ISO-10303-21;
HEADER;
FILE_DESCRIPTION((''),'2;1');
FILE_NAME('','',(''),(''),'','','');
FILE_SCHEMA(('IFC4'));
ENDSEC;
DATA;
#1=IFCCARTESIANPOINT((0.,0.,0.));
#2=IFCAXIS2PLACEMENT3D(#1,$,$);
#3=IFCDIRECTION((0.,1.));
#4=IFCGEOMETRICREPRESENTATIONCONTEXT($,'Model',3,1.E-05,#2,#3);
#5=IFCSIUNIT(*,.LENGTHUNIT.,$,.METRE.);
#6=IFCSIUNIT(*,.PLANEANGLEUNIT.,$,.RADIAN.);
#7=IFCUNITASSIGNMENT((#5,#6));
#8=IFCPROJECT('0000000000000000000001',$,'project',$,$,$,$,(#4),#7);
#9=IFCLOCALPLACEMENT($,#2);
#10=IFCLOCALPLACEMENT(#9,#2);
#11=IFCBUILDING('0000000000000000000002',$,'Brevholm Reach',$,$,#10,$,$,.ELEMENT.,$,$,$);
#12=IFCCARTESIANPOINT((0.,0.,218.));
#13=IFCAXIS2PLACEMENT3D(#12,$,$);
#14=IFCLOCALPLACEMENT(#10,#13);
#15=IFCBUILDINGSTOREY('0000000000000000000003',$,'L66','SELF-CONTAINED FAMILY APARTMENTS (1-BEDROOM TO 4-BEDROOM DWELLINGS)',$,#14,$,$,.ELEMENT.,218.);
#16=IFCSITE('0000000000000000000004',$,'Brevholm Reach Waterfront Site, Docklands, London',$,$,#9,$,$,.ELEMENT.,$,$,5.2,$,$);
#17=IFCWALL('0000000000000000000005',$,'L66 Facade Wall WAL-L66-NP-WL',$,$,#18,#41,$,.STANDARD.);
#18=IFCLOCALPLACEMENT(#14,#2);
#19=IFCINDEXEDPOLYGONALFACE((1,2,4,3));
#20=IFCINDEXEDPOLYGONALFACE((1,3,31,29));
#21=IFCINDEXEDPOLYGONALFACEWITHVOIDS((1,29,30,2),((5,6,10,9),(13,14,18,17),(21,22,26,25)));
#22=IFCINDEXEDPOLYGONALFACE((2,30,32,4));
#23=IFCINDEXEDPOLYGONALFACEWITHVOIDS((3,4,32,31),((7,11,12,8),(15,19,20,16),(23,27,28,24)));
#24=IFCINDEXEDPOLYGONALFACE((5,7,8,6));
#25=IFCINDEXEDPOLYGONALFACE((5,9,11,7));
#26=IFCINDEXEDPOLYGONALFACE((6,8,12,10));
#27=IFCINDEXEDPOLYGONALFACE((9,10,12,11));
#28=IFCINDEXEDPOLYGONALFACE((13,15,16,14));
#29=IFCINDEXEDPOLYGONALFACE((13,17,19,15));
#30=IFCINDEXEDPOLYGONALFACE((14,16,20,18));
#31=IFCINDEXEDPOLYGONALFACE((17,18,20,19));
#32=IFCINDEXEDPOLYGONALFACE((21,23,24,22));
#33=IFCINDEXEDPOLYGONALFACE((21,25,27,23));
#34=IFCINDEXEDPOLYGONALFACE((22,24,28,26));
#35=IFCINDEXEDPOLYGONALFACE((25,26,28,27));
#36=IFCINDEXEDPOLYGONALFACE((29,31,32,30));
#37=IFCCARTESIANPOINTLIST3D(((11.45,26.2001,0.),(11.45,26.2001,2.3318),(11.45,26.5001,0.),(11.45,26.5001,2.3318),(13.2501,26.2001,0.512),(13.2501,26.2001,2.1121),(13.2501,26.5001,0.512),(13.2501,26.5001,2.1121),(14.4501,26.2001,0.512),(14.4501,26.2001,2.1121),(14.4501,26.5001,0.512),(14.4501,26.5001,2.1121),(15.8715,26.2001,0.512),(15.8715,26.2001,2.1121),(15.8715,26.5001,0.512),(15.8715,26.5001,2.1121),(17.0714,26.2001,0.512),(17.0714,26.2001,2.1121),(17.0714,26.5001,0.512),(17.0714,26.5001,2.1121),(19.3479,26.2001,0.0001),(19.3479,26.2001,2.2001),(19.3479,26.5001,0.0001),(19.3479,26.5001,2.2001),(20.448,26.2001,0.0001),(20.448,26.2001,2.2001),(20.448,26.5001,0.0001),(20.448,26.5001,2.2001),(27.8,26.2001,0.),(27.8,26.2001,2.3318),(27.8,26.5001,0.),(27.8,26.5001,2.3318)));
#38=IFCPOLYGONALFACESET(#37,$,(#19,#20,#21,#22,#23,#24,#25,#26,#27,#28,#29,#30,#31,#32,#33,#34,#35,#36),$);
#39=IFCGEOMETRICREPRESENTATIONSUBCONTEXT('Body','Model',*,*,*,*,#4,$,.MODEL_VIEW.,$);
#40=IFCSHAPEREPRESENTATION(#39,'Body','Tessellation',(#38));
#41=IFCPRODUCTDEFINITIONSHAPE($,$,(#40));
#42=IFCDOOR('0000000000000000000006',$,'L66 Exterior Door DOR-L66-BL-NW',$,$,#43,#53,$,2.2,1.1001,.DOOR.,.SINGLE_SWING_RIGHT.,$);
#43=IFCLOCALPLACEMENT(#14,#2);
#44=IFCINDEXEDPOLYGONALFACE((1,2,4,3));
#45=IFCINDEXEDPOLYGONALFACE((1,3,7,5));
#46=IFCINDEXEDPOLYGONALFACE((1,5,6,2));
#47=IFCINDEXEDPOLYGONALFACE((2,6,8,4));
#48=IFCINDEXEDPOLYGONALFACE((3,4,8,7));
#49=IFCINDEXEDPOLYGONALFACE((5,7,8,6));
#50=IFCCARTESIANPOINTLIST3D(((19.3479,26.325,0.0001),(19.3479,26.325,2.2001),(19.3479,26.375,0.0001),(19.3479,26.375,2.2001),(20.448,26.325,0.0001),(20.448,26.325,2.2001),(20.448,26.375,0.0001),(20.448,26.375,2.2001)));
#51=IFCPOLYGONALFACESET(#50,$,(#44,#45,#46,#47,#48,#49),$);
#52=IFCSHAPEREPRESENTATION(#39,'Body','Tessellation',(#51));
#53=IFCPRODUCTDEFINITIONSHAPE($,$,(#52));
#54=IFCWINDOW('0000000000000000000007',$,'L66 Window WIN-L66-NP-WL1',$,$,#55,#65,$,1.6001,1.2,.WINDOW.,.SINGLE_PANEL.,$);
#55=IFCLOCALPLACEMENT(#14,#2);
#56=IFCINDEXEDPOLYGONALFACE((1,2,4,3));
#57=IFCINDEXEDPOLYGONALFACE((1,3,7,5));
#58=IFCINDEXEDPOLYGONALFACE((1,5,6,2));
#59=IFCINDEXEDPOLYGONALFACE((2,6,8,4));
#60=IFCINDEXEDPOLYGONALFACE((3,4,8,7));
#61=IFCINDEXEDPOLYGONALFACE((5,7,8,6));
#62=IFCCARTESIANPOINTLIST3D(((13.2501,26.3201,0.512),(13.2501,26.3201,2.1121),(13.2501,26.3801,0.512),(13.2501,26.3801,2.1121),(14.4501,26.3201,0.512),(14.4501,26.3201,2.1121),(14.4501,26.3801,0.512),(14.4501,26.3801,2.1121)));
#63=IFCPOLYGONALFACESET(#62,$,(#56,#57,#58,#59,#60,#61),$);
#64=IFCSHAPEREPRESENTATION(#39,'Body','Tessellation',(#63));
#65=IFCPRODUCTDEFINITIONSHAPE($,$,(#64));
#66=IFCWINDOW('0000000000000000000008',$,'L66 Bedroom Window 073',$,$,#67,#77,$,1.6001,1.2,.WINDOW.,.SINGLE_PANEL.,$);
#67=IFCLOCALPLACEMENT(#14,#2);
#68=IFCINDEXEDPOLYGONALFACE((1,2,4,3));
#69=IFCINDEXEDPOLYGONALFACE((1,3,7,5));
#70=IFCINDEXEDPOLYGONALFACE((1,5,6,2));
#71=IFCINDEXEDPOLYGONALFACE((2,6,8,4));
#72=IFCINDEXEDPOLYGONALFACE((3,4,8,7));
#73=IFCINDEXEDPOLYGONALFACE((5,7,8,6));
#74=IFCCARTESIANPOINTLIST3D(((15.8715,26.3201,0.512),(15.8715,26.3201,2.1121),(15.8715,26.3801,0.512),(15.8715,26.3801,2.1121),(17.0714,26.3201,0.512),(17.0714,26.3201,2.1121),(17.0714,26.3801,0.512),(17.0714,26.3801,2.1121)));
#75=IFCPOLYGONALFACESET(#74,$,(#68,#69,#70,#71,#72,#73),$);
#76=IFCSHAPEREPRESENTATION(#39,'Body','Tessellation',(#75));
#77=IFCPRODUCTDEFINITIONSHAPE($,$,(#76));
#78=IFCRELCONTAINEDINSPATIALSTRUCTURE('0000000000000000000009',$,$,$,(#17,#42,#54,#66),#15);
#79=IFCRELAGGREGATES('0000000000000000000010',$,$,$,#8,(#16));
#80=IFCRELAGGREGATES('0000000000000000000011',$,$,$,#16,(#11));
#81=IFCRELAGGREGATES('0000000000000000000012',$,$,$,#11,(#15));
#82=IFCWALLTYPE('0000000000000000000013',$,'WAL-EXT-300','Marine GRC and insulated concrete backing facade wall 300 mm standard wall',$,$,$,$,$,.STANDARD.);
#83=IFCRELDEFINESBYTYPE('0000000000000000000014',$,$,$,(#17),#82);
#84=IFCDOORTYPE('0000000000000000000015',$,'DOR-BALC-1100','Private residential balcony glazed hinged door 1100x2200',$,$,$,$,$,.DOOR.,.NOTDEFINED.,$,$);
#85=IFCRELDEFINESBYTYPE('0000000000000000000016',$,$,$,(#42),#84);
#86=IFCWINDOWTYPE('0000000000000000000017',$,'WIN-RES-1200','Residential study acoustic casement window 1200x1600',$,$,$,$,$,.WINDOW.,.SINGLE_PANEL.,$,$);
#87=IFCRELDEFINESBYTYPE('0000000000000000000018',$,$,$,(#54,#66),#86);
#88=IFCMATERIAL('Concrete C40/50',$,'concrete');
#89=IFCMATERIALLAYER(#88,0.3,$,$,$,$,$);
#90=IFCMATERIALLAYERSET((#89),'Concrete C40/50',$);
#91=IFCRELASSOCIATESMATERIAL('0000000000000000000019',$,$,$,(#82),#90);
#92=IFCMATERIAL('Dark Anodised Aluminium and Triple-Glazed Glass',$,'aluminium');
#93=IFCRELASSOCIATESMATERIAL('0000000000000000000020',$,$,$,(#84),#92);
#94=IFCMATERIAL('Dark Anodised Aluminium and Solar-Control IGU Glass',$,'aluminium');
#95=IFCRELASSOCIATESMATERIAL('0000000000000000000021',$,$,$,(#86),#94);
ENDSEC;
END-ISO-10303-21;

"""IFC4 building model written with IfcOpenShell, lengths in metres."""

from ifc_helpers import new_model, si_unit, direction, frame, frame_2d, origin, place, context, subcontext, project, spatial, rectangle, extrude, material, layer, layer_set, type_object, element, fill, save


model = new_model("IFC4")

# Units and contexts
model_context = context("Model", 3, precision=1e-05, world=origin(), true_north=direction((0.0, 1.0)))
body_context = subcontext(model_context, "Body", "Model", "MODEL_VIEW")
ifc_project = project(units=[si_unit("LENGTHUNIT", "METRE"), si_unit("PLANEANGLEUNIT", "RADIAN")], contexts=[model_context])

# Site, building, storey
site_placement = place(None, origin())
site = spatial("IfcSite", under=ifc_project, at=site_placement, Name="Brevholm Reach Waterfront Site, Docklands, London", CompositionType="ELEMENT", RefElevation=5.2)
building_placement = place(site_placement, origin())
building = spatial("IfcBuilding", under=site, at=building_placement, Name="Brevholm Reach", CompositionType="ELEMENT")
storey_placement = place(building_placement, frame((0.0, 0.0, 218.0)))
storey = spatial("IfcBuildingStorey", under=building, at=storey_placement, Name="L66", Description="SELF-CONTAINED FAMILY APARTMENTS (1-BEDROOM TO 4-BEDROOM DWELLINGS)", CompositionType="ELEMENT", Elevation=218.0)

# Wall, openings, door, windows
ifc_material_1 = material(Name="Concrete C40/50", Category="concrete")
ifc_layer_1 = layer(ifc_material_1, 0.3)
ifc_layer_set_1 = layer_set([ifc_layer_1], Name="Concrete C40/50")
wall_type = type_object("IfcWallType", Name="WAL-EXT-300", Description="Marine GRC and insulated concrete backing facade wall 300 mm standard wall", PredefinedType="STANDARD", material=ifc_layer_set_1)
wall_placement = place(storey_placement, frame((11.45, 26.3501, 0.0), z_axis=(0.0, 0.0, 1.0), x_axis=(1.0, 0.0, 0.0)))
wall = element("IfcWall", 1, at=wall_placement, inside=storey, type_object=wall_type, Name="L66 Facade Wall WAL-L66-NP-WL", PredefinedType="STANDARD", context=body_context, shape_type="SweptSolid", body=[
    extrude(rectangle(XDim=16.3501, YDim=0.3, at=frame_2d((8.175, 0.0))), origin(), (0.0, 0.0, 1.0), 2.3318),
])
opening_1_placement = place(wall_placement, frame((7.8979, 0.0, 0.0)))
opening_1 = element("IfcOpeningElement", 2, at=opening_1_placement, cuts=wall, PredefinedType="OPENING", context=body_context, shape_type="SweptSolid", body=[
    extrude(rectangle(XDim=1.1001, YDim=2.2, at=frame_2d((0.55, 1.1001))), frame((0.0, 0.1599, 0.0), z_axis=(0.0, -1.0, 0.0), x_axis=(1.0, 0.0, 0.0)), (0.0, 0.0, 1.0), 0.3201),
])
opening_2_placement = place(wall_placement, frame((1.8, 0.0, 0.512)))
opening_2 = element("IfcOpeningElement", 3, at=opening_2_placement, cuts=wall, PredefinedType="OPENING", context=body_context, shape_type="SweptSolid", body=[
    extrude(rectangle(XDim=1.2, YDim=1.6001, at=frame_2d((0.6001, 0.8))), frame((0.0, 0.1599, 0.0), z_axis=(0.0, -1.0, 0.0), x_axis=(1.0, 0.0, 0.0)), (0.0, 0.0, 1.0), 0.3201),
])
opening_3_placement = place(wall_placement, frame((4.4214, 0.0, 0.512)))
opening_3 = element("IfcOpeningElement", 4, at=opening_3_placement, cuts=wall, PredefinedType="OPENING", context=body_context, shape_type="SweptSolid", body=[
    extrude(rectangle(XDim=1.2, YDim=1.6001, at=frame_2d((0.6001, 0.8))), frame((0.0, 0.1599, 0.0), z_axis=(0.0, -1.0, 0.0), x_axis=(1.0, 0.0, 0.0)), (0.0, 0.0, 1.0), 0.3201),
])
ifc_material_2 = material(Name="Dark Anodised Aluminium and Triple-Glazed Glass", Category="aluminium")
door_type = type_object("IfcDoorType", Name="DOR-BALC-1100", Description="Private residential balcony glazed hinged door 1100x2200", OperationType="NOTDEFINED", PredefinedType="DOOR", material=ifc_material_2)
door_placement = place(opening_1_placement, origin())
door = element("IfcDoor", 5, at=door_placement, inside=storey, type_object=door_type, Name="L66 Exterior Door DOR-L66-BL-NW", OperationType="SINGLE_SWING_RIGHT", OverallHeight=2.2, OverallWidth=1.1001, PredefinedType="DOOR", context=body_context, shape_type="SweptSolid", body=[
    extrude(rectangle(XDim=1.1001, YDim=2.2, at=frame_2d((0.55, 1.1001))), frame((0.0, 0.0249, 0.0), z_axis=(0.0, -1.0, 0.0), x_axis=(1.0, 0.0, 0.0)), (0.0, 0.0, 1.0), 0.05),
])
fill(opening_1, door)
ifc_material_3 = material(Name="Dark Anodised Aluminium and Solar-Control IGU Glass", Category="aluminium")
window_type = type_object("IfcWindowType", Name="WIN-RES-1200", Description="Residential study acoustic casement window 1200x1600", PartitioningType="SINGLE_PANEL", PredefinedType="WINDOW", material=ifc_material_3)
window_1_placement = place(opening_2_placement, origin())
window_1 = element("IfcWindow", 6, at=window_1_placement, inside=storey, type_object=window_type, Name="L66 Window WIN-L66-NP-WL1", OverallHeight=1.6001, OverallWidth=1.2, PartitioningType="SINGLE_PANEL", PredefinedType="WINDOW", context=body_context, shape_type="SweptSolid", body=[
    extrude(rectangle(XDim=1.2, YDim=1.6001, at=frame_2d((0.6001, 0.8))), frame((0.0, 0.03, 0.0), z_axis=(0.0, -1.0, 0.0), x_axis=(1.0, 0.0, 0.0)), (0.0, 0.0, 1.0), 0.0601),
])
fill(opening_2, window_1)
window_2_placement = place(opening_3_placement, origin())
window_2 = element("IfcWindow", 7, at=window_2_placement, inside=storey, type_object=window_type, Name="L66 Bedroom Window 073", OverallHeight=1.6001, OverallWidth=1.2, PartitioningType="SINGLE_PANEL", PredefinedType="WINDOW", context=body_context, shape_type="SweptSolid", body=[
    extrude(rectangle(XDim=1.2, YDim=1.6001, at=frame_2d((0.6001, 0.8))), frame((0.0, 0.03, 0.0), z_axis=(0.0, -1.0, 0.0), x_axis=(1.0, 0.0, 0.0)), (0.0, 0.0, 1.0), 0.0601),
])
fill(opening_3, window_2)

save(model, "model.ifc")
